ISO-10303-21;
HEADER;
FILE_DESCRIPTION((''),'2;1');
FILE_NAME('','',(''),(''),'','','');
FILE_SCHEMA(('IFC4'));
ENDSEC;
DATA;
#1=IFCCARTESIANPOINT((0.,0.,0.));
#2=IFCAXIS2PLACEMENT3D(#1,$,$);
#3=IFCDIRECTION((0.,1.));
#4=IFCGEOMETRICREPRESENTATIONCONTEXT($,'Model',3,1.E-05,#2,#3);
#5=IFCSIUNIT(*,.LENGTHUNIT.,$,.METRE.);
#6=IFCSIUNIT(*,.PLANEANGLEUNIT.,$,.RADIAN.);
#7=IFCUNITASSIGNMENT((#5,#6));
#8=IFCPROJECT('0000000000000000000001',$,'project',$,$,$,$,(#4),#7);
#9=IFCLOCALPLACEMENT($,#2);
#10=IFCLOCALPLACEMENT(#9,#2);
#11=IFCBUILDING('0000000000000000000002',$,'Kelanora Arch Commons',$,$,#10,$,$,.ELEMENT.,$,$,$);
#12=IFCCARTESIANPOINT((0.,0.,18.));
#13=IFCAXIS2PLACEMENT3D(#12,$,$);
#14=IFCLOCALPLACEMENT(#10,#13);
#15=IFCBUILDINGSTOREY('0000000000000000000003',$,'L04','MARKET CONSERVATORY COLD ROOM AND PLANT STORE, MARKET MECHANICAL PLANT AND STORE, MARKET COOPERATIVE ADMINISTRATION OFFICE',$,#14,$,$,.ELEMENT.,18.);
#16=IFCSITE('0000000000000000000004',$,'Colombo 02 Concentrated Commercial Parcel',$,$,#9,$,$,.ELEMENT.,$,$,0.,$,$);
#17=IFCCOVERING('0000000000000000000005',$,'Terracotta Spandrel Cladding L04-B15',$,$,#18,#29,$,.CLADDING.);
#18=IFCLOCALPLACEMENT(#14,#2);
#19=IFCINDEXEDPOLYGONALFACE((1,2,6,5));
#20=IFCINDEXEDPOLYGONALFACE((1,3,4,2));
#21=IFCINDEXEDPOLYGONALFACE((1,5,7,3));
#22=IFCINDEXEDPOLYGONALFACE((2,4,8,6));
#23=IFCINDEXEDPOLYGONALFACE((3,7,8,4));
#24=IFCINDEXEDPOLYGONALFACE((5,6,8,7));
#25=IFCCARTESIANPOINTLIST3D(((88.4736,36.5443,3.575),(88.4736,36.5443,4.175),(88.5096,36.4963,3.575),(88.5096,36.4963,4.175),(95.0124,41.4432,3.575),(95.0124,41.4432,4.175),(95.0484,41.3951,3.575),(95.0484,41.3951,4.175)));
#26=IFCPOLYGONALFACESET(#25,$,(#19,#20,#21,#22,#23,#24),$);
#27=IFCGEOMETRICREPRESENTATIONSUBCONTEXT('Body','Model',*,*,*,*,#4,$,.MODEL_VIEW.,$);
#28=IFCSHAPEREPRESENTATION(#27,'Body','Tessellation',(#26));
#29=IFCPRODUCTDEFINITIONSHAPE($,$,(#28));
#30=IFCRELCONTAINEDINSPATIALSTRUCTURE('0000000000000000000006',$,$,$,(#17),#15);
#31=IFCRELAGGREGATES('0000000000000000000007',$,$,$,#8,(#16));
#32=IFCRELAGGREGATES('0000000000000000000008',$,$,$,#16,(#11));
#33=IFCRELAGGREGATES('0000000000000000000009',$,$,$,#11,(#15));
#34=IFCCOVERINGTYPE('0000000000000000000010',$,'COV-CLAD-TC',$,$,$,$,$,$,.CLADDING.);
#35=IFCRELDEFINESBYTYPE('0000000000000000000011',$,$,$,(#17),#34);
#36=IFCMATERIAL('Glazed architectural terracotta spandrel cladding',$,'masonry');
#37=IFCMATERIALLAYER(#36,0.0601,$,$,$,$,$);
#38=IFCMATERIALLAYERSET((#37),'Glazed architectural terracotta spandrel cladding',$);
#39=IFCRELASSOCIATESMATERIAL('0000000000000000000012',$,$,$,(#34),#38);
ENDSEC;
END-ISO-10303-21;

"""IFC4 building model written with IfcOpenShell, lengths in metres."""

from ifc_helpers import new_model, si_unit, direction, frame, origin, origin_2d, place, context, subcontext, project, spatial, rectangle, extrude, source, transform, mapped, material, layer, layer_set, type_object, element, save


model = new_model("IFC4")

# Units and contexts
model_context = context("Model", 3, precision=1e-05, world=origin(), true_north=direction((0.0, 1.0)))
body_context = subcontext(model_context, "Body", "Model", "MODEL_VIEW")
ifc_project = project(units=[si_unit("LENGTHUNIT", "METRE"), si_unit("PLANEANGLEUNIT", "RADIAN")], contexts=[model_context])

# Site, building, storey
site_placement = place(None, origin())
site = spatial("IfcSite", under=ifc_project, at=site_placement, Name="Colombo 02 Concentrated Commercial Parcel", CompositionType="ELEMENT", RefElevation=0.0)
building_placement = place(site_placement, origin())
building = spatial("IfcBuilding", under=site, at=building_placement, Name="Kelanora Arch Commons", CompositionType="ELEMENT")
storey_placement = place(building_placement, frame((0.0, 0.0, 18.0)))
storey = spatial("IfcBuildingStorey", under=building, at=storey_placement, Name="L04", Description="MARKET CONSERVATORY COLD ROOM AND PLANT STORE, MARKET MECHANICAL PLANT AND STORE, MARKET COOPERATIVE ADMINISTRATION OFFICE", CompositionType="ELEMENT", Elevation=18.0)

# Covering
ifc_material_1 = material(Name="Glazed architectural terracotta spandrel cladding", Category="masonry")
ifc_layer_1 = layer(ifc_material_1, 0.0601)
ifc_layer_set_1 = layer_set([ifc_layer_1], Name="Glazed architectural terracotta spandrel cladding")
covering_type = type_object("IfcCoveringType", Name="COV-CLAD-TC", PredefinedType="CLADDING", material=ifc_layer_set_1)
shared_shape_1 = source(origin(), body_context, "Body", "SweptSolid", [
    extrude(rectangle(XDim=8.1704, YDim=0.0601, at=origin_2d()), origin(), (0.0, 0.0, 1.0), 0.6001),
])
covering_placement = place(storey_placement, frame((91.761, 38.9697, 3.575), z_axis=(0.0, 0.0, 1.0), x_axis=(0.80031, 0.599587, 0.0)))
element("IfcCovering", 1, at=covering_placement, inside=storey, type_object=covering_type, Name="Terracotta Spandrel Cladding L04-B15", PredefinedType="CLADDING", context=body_context, shape_type="MappedRepresentation", body=[
    mapped(shared_shape_1, transform((0.0, 0.0, 0.0), scale=1.0)),
])

save(model, "model.ifc")
